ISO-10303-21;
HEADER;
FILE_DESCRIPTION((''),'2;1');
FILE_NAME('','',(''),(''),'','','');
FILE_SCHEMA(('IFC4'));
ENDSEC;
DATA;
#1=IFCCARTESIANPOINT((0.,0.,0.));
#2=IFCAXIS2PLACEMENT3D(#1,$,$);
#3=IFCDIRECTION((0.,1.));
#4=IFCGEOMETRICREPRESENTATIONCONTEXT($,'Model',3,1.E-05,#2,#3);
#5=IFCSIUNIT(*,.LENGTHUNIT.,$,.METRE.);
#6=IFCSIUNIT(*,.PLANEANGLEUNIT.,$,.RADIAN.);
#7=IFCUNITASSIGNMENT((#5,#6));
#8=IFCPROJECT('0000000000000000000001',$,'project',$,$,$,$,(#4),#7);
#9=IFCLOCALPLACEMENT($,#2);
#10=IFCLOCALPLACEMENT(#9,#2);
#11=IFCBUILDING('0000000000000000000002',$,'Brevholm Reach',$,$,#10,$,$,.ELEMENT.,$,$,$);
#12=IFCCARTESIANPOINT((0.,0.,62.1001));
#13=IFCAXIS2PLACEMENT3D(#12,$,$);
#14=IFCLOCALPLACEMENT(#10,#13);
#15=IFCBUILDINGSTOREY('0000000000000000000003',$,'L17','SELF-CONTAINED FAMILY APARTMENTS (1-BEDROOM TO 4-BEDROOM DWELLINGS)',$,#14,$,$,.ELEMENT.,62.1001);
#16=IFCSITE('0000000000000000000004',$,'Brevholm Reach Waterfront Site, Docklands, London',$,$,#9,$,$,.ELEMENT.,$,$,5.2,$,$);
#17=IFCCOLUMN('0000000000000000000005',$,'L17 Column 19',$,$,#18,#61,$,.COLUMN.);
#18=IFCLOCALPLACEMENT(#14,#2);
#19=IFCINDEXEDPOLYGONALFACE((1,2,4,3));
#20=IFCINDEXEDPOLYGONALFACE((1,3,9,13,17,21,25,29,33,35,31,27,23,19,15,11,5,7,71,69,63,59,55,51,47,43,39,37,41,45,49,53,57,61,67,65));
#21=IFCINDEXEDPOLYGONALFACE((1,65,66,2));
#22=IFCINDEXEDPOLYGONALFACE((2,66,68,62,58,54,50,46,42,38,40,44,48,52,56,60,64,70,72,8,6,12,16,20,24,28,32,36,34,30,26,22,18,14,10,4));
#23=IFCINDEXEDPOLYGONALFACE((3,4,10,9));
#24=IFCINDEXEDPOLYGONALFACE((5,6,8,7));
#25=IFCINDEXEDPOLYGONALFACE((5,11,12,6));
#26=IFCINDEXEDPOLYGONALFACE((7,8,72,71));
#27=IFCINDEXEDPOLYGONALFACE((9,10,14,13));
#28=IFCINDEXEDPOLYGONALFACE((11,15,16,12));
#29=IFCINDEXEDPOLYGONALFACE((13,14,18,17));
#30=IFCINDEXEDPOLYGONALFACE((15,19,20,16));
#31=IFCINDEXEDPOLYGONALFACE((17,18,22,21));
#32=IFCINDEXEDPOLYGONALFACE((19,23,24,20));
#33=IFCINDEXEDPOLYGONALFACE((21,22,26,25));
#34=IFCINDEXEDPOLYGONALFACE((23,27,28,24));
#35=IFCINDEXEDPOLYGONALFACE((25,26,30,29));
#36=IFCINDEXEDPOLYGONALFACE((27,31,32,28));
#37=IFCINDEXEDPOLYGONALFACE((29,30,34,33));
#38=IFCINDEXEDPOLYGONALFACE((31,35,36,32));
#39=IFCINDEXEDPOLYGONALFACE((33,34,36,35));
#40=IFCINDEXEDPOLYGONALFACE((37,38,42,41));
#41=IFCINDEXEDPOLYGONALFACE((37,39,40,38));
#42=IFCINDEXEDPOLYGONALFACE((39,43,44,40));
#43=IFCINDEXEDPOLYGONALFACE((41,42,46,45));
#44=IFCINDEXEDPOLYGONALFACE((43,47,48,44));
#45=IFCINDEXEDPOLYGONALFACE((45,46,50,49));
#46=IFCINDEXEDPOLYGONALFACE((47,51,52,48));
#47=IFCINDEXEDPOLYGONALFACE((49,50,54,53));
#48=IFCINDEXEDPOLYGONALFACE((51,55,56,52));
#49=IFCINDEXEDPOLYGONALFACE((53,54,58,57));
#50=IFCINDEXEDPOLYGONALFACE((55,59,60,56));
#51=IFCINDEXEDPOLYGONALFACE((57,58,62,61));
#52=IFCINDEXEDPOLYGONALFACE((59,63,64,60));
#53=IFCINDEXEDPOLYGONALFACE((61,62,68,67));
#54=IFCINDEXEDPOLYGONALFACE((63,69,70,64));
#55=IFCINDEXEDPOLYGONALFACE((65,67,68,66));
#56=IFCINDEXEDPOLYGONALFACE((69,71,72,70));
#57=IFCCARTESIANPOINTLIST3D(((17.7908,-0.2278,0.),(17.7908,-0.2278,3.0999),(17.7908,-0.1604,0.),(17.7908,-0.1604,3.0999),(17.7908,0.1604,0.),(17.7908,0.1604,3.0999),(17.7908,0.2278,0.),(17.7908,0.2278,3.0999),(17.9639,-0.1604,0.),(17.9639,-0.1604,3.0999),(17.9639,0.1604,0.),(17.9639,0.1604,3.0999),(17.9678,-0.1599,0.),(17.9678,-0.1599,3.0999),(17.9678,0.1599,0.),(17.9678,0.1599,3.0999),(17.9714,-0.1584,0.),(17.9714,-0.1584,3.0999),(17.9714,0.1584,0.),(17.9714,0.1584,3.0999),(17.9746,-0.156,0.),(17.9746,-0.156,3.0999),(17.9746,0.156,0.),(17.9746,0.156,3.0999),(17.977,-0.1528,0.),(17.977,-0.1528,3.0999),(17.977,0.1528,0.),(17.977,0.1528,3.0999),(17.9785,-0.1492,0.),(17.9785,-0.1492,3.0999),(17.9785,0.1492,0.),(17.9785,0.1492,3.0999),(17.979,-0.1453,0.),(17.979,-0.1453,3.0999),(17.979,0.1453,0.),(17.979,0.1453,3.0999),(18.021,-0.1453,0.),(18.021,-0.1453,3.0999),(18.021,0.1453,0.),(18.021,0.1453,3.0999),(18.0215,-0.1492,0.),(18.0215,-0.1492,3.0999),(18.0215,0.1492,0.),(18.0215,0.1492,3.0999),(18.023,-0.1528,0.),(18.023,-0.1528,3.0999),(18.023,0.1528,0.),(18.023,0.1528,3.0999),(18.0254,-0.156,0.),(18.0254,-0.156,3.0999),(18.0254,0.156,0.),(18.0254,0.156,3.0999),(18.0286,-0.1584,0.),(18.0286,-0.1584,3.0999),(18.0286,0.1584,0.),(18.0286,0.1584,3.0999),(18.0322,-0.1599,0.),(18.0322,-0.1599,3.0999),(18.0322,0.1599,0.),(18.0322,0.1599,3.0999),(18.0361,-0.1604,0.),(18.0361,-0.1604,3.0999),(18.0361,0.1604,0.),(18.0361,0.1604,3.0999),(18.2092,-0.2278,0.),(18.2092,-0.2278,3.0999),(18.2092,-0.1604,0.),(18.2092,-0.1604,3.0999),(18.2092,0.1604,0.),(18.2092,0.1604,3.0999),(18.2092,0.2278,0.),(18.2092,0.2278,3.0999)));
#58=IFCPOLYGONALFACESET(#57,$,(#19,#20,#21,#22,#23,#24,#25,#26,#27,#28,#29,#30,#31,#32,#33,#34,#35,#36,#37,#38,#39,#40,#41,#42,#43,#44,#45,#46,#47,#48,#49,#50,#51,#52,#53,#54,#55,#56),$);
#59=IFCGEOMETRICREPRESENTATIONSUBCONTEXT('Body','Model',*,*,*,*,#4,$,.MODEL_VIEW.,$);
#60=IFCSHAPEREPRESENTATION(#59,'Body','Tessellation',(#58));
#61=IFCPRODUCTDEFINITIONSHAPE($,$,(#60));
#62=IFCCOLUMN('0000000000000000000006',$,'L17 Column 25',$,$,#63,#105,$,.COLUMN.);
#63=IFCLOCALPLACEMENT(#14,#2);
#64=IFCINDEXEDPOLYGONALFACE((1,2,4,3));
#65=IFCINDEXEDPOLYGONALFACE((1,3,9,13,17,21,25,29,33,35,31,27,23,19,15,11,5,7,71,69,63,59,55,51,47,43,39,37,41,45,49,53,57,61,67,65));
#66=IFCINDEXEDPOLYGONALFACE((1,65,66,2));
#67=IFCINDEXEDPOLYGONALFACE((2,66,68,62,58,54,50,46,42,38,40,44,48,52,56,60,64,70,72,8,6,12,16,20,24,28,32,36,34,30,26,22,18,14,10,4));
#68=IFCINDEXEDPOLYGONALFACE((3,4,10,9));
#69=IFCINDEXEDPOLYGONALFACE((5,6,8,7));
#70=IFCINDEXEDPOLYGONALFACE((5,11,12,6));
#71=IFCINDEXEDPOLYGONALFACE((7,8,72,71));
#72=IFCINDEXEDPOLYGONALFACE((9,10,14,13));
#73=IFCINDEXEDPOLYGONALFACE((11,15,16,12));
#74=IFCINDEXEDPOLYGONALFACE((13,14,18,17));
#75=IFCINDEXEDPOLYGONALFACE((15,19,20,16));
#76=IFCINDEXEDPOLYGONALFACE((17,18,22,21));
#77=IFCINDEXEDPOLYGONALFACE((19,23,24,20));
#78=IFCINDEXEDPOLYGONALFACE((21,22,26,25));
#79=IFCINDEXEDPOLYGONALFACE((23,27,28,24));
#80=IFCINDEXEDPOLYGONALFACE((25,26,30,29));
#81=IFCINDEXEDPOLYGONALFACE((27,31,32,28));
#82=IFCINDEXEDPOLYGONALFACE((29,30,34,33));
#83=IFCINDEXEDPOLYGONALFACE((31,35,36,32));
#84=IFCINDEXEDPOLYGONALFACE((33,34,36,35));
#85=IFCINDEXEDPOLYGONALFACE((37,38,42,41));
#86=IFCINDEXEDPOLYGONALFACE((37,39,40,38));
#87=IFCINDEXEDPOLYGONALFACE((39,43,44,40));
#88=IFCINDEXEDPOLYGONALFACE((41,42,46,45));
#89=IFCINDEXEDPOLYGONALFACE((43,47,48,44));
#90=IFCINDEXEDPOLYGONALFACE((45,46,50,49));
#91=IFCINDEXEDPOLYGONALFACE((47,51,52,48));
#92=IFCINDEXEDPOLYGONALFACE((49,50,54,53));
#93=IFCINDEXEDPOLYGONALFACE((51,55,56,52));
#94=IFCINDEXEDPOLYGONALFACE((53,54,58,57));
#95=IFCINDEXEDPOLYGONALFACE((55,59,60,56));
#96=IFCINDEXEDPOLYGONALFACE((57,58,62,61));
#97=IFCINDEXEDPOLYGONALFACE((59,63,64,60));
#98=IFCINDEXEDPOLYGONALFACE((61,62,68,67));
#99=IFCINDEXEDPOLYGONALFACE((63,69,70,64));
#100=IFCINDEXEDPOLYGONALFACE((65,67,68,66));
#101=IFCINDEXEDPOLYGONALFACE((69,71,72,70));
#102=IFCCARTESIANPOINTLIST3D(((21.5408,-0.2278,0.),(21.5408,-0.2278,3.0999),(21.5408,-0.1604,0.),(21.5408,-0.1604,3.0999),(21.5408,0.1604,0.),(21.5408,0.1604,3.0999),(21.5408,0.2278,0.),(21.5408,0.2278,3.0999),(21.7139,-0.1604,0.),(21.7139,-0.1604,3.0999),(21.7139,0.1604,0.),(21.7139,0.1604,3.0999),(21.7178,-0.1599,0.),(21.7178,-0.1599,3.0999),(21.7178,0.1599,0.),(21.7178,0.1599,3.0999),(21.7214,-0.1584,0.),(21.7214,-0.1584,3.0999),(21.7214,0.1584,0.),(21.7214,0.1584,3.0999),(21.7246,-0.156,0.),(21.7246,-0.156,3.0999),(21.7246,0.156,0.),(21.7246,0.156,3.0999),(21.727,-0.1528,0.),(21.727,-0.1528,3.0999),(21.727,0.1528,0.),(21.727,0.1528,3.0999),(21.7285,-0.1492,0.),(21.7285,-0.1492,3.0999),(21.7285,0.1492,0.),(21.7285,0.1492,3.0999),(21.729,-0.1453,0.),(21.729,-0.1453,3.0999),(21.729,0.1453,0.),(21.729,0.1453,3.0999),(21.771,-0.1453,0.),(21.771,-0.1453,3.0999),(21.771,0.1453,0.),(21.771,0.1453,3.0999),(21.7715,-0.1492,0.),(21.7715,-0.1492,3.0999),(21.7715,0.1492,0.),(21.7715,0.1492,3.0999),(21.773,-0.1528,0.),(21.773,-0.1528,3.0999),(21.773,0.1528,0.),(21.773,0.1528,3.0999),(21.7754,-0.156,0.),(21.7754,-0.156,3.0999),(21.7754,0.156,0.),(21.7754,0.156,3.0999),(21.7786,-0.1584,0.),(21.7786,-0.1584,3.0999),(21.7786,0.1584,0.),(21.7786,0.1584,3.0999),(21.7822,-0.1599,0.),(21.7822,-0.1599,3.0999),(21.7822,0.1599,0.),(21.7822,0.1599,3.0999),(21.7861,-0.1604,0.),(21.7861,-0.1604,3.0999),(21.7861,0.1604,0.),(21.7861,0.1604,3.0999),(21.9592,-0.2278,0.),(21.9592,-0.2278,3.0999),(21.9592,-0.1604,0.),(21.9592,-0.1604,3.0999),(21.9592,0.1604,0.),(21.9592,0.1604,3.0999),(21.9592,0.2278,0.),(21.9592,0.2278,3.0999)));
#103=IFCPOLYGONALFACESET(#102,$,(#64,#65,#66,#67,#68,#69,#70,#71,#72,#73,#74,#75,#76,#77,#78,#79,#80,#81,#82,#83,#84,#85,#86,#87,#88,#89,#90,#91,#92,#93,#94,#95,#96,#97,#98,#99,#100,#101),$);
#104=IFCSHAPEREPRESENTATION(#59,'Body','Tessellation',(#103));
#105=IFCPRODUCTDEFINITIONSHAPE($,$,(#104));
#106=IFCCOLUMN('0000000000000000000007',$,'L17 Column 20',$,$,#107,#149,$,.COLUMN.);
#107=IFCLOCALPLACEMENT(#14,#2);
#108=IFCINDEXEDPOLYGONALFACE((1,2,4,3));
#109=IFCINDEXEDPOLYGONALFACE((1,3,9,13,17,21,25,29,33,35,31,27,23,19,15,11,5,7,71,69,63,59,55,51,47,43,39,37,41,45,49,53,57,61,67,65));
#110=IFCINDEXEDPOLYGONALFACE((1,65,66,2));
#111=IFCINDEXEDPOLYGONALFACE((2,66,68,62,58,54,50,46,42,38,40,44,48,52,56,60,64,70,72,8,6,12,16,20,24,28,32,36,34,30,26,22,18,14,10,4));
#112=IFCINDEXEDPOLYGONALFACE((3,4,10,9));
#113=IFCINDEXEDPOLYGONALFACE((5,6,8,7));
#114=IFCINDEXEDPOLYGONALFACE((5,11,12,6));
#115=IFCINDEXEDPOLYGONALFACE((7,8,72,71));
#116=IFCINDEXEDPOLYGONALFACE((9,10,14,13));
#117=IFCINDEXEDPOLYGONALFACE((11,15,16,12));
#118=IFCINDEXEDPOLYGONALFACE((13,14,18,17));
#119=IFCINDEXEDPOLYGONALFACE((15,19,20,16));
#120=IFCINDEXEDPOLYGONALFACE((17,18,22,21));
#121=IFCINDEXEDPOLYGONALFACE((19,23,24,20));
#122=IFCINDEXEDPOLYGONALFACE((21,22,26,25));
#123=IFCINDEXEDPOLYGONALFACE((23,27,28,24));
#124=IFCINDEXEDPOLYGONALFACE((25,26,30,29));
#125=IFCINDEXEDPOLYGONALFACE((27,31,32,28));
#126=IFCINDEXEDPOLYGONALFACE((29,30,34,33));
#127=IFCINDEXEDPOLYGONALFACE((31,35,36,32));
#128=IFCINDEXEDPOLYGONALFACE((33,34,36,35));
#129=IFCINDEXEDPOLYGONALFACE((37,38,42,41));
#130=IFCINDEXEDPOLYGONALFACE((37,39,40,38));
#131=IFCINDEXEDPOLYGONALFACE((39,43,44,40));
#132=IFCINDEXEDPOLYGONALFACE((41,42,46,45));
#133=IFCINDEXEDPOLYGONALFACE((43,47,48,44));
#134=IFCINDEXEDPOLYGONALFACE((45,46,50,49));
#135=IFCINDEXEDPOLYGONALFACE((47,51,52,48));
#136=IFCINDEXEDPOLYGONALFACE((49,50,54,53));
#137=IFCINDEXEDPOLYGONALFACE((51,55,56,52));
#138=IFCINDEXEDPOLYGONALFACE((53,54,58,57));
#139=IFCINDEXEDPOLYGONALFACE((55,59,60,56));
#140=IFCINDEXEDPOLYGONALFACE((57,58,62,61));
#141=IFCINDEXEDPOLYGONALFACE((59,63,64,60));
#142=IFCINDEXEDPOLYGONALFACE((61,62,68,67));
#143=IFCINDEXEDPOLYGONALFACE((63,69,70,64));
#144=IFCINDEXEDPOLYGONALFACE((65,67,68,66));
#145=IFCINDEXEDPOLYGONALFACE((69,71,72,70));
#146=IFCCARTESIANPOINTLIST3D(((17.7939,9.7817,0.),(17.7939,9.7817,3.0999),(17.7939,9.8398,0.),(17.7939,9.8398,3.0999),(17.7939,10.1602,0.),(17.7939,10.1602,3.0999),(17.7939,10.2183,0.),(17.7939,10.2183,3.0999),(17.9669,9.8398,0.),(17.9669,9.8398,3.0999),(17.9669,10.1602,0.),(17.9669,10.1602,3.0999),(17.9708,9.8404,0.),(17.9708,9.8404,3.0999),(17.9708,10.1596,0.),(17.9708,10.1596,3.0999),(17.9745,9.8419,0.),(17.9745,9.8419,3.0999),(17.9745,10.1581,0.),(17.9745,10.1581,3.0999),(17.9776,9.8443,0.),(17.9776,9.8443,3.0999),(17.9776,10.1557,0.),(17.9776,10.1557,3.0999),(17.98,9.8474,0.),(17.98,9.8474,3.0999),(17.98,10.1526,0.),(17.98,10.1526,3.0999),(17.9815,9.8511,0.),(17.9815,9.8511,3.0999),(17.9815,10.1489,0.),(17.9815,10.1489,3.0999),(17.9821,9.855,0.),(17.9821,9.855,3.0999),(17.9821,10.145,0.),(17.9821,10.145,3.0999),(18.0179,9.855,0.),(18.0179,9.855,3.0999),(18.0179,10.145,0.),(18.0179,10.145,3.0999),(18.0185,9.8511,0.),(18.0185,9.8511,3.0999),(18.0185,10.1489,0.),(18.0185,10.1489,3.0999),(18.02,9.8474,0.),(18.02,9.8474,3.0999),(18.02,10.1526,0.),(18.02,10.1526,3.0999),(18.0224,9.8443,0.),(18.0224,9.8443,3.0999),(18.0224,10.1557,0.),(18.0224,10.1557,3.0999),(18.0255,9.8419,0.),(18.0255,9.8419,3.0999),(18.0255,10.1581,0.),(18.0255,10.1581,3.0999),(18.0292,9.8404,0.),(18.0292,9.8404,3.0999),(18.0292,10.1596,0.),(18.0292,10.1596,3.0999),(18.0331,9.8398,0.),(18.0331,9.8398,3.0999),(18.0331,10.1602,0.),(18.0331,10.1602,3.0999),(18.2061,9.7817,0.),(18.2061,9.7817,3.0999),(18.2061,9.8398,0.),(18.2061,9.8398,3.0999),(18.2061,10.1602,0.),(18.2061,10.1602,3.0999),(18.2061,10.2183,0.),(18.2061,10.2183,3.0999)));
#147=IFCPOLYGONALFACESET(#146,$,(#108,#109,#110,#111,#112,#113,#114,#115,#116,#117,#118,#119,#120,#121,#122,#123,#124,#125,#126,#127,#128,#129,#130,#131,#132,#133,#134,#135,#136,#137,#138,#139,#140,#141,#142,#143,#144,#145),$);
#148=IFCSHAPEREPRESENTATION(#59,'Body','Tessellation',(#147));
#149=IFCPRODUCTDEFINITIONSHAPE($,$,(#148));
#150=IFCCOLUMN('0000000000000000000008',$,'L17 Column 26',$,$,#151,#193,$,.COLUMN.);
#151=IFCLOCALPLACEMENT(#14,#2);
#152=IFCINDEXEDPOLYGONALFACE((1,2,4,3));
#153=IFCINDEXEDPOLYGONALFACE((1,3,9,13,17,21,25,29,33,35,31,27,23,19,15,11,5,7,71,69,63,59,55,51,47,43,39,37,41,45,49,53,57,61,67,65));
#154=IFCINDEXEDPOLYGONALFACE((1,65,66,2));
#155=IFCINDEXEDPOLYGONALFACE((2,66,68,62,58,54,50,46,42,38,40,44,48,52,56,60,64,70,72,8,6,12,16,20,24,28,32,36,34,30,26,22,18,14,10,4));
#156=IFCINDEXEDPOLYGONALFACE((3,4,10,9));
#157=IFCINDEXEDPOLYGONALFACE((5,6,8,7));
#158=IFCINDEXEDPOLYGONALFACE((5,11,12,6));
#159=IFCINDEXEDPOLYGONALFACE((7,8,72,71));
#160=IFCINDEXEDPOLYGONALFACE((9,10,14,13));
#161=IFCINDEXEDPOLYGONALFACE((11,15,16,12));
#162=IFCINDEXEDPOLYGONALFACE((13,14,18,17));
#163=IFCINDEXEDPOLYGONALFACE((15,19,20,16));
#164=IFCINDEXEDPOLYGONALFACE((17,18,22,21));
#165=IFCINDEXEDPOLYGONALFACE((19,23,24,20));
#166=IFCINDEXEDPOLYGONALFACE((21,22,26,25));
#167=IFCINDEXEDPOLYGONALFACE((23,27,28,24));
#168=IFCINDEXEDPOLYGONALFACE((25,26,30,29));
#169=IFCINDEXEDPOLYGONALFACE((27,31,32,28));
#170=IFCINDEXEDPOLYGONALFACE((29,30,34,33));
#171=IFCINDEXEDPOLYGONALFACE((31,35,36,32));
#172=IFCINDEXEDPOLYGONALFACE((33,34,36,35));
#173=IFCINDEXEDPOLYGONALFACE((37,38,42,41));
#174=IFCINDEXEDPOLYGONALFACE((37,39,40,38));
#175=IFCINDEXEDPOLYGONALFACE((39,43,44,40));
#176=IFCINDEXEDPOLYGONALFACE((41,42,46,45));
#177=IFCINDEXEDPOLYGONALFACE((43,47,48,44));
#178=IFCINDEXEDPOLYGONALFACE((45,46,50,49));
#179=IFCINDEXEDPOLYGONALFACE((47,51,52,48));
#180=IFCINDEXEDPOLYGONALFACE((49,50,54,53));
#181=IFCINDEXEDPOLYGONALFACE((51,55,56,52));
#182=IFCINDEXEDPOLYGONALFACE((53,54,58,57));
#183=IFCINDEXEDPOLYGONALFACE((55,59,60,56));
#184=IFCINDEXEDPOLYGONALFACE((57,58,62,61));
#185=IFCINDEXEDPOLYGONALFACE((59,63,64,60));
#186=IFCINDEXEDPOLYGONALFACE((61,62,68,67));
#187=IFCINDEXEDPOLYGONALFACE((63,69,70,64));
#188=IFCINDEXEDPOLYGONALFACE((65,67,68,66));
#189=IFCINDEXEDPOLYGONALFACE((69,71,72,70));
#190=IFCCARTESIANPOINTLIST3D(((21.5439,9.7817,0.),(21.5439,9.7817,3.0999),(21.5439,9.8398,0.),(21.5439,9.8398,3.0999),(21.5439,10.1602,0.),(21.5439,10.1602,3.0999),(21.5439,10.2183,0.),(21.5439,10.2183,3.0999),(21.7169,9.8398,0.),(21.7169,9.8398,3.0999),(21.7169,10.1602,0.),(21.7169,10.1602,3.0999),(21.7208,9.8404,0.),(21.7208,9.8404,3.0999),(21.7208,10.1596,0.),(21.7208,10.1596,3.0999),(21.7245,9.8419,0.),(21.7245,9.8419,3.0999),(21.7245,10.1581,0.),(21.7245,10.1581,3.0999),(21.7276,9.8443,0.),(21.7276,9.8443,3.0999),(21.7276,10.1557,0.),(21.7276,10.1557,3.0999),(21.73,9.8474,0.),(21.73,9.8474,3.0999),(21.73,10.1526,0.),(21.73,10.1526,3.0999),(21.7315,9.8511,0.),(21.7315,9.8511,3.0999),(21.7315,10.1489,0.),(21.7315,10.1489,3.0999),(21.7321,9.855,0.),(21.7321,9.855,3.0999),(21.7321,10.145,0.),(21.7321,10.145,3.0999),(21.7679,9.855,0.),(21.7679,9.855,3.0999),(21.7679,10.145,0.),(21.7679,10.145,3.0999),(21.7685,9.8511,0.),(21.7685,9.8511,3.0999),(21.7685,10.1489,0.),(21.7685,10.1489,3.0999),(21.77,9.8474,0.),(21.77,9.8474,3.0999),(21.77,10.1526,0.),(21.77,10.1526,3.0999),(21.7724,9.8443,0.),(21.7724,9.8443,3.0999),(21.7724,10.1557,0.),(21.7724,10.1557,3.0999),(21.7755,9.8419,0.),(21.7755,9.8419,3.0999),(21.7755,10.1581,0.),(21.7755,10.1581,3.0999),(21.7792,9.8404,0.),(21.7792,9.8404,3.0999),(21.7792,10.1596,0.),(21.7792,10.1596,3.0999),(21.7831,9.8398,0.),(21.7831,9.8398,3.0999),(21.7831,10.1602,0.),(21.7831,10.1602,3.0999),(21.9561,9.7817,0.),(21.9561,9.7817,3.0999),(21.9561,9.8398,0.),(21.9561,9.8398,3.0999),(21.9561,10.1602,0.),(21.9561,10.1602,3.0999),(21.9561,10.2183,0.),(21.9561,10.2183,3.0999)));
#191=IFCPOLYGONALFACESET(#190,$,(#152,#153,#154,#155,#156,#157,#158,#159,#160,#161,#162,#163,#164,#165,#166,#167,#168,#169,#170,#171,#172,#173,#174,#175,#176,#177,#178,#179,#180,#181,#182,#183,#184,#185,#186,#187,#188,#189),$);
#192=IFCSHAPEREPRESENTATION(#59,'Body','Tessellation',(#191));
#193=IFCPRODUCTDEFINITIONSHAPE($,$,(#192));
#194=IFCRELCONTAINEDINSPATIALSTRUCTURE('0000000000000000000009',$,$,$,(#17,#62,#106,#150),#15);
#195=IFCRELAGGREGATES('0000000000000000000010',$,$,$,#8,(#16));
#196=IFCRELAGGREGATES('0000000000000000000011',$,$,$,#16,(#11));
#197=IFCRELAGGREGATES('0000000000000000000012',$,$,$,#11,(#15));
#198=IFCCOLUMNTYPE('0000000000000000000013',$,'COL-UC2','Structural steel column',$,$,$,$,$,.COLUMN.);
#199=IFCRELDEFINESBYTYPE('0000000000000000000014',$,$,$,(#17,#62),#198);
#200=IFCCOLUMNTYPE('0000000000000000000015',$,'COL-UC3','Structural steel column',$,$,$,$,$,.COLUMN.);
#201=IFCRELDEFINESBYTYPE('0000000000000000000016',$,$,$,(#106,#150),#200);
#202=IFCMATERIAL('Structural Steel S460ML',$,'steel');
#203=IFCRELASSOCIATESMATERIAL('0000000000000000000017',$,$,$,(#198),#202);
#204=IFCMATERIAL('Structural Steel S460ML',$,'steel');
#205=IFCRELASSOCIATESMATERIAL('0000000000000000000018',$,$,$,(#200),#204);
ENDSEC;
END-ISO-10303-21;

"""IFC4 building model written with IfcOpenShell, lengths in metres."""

from ifc_helpers import new_model, si_unit, direction, frame, origin, origin_2d, place, context, subcontext, project, spatial, i_section, extrude, material, material_profile, profile_set, type_object, element, save


model = new_model("IFC4")

# Units and contexts
model_context = context("Model", 3, precision=1e-05, world=origin(), true_north=direction((0.0, 1.0)))
body_context = subcontext(model_context, "Body", "Model", "MODEL_VIEW")
ifc_project = project(units=[si_unit("LENGTHUNIT", "METRE"), si_unit("PLANEANGLEUNIT", "RADIAN")], contexts=[model_context])

# Site, building, storey
site_placement = place(None, origin())
site = spatial("IfcSite", under=ifc_project, at=site_placement, Name="Brevholm Reach Waterfront Site, Docklands, London", CompositionType="ELEMENT", RefElevation=5.2)
building_placement = place(site_placement, origin())
building = spatial("IfcBuilding", under=site, at=building_placement, Name="Brevholm Reach", CompositionType="ELEMENT")
storey_placement = place(building_placement, frame((0.0, 0.0, 62.1001)))
storey = spatial("IfcBuildingStorey", under=building, at=storey_placement, Name="L17", Description="SELF-CONTAINED FAMILY APARTMENTS (1-BEDROOM TO 4-BEDROOM DWELLINGS)", CompositionType="ELEMENT", Elevation=62.1001)

# Columns
ifc_material_1 = material(Name="Structural Steel S460ML", Category="steel")
ifc_material_profile_1 = material_profile(ifc_material_1, i_section(OverallWidth=0.4185, OverallDepth=0.4556, WebThickness=0.042, FlangeThickness=0.0674, FilletRadius=0.0151, at=origin_2d()), Name="UKC 356x406x551")
ifc_profile_set_1 = profile_set([ifc_material_profile_1], Name="Structural Steel S460ML")
column_type_1 = type_object("IfcColumnType", Name="COL-UC2", Description="Structural steel column", PredefinedType="COLUMN", material=ifc_profile_set_1)
for number, where, z_axis, x_axis, name in (
    (1, (18.0, 0.0, 0.0), (0.0, 0.0, 1.0), (1.0, 0.0, 0.0), "L17 Column 19"),
    (2, (21.75, 0.0, 0.0), (0.0, 0.0, 1.0), (1.0, 0.0, 0.0), "L17 Column 25"),
):
    element("IfcColumn", number, at=place(storey_placement, frame(where, z_axis=z_axis, x_axis=x_axis)), inside=storey, type_object=column_type_1, Name=name, PredefinedType="COLUMN", context=body_context, shape_type="SweptSolid", body=[
        extrude(i_section(OverallWidth=0.4185, OverallDepth=0.4556, WebThickness=0.042, FlangeThickness=0.0674, FilletRadius=0.0151, at=origin_2d()), origin(), (0.0, 0.0, 1.0), 3.0999),
    ])
ifc_material_2 = material(Name="Structural Steel S460ML", Category="steel")
ifc_material_profile_2 = material_profile(ifc_material_2, i_section(OverallWidth=0.4121, OverallDepth=0.4365, WebThickness=0.0359, FlangeThickness=0.0581, FilletRadius=0.0151, at=origin_2d()), Name="UKC 356x406x467")
ifc_profile_set_2 = profile_set([ifc_material_profile_2], Name="Structural Steel S460ML")
column_type_2 = type_object("IfcColumnType", Name="COL-UC3", Description="Structural steel column", PredefinedType="COLUMN", material=ifc_profile_set_2)
for number, where, z_axis, x_axis, name in (
    (3, (18.0, 10.0, 0.0), (0.0, 0.0, 1.0), (1.0, 0.0, 0.0), "L17 Column 20"),
    (4, (21.75, 10.0, 0.0), (0.0, 0.0, 1.0), (1.0, 0.0, 0.0), "L17 Column 26"),
):
    element("IfcColumn", number, at=place(storey_placement, frame(where, z_axis=z_axis, x_axis=x_axis)), inside=storey, type_object=column_type_2, Name=name, PredefinedType="COLUMN", context=body_context, shape_type="SweptSolid", body=[
        extrude(i_section(OverallWidth=0.4121, OverallDepth=0.4365, WebThickness=0.0359, FlangeThickness=0.0581, FilletRadius=0.0151, at=origin_2d()), origin(), (0.0, 0.0, 1.0), 3.0999),
    ])

save(model, "model.ifc")
